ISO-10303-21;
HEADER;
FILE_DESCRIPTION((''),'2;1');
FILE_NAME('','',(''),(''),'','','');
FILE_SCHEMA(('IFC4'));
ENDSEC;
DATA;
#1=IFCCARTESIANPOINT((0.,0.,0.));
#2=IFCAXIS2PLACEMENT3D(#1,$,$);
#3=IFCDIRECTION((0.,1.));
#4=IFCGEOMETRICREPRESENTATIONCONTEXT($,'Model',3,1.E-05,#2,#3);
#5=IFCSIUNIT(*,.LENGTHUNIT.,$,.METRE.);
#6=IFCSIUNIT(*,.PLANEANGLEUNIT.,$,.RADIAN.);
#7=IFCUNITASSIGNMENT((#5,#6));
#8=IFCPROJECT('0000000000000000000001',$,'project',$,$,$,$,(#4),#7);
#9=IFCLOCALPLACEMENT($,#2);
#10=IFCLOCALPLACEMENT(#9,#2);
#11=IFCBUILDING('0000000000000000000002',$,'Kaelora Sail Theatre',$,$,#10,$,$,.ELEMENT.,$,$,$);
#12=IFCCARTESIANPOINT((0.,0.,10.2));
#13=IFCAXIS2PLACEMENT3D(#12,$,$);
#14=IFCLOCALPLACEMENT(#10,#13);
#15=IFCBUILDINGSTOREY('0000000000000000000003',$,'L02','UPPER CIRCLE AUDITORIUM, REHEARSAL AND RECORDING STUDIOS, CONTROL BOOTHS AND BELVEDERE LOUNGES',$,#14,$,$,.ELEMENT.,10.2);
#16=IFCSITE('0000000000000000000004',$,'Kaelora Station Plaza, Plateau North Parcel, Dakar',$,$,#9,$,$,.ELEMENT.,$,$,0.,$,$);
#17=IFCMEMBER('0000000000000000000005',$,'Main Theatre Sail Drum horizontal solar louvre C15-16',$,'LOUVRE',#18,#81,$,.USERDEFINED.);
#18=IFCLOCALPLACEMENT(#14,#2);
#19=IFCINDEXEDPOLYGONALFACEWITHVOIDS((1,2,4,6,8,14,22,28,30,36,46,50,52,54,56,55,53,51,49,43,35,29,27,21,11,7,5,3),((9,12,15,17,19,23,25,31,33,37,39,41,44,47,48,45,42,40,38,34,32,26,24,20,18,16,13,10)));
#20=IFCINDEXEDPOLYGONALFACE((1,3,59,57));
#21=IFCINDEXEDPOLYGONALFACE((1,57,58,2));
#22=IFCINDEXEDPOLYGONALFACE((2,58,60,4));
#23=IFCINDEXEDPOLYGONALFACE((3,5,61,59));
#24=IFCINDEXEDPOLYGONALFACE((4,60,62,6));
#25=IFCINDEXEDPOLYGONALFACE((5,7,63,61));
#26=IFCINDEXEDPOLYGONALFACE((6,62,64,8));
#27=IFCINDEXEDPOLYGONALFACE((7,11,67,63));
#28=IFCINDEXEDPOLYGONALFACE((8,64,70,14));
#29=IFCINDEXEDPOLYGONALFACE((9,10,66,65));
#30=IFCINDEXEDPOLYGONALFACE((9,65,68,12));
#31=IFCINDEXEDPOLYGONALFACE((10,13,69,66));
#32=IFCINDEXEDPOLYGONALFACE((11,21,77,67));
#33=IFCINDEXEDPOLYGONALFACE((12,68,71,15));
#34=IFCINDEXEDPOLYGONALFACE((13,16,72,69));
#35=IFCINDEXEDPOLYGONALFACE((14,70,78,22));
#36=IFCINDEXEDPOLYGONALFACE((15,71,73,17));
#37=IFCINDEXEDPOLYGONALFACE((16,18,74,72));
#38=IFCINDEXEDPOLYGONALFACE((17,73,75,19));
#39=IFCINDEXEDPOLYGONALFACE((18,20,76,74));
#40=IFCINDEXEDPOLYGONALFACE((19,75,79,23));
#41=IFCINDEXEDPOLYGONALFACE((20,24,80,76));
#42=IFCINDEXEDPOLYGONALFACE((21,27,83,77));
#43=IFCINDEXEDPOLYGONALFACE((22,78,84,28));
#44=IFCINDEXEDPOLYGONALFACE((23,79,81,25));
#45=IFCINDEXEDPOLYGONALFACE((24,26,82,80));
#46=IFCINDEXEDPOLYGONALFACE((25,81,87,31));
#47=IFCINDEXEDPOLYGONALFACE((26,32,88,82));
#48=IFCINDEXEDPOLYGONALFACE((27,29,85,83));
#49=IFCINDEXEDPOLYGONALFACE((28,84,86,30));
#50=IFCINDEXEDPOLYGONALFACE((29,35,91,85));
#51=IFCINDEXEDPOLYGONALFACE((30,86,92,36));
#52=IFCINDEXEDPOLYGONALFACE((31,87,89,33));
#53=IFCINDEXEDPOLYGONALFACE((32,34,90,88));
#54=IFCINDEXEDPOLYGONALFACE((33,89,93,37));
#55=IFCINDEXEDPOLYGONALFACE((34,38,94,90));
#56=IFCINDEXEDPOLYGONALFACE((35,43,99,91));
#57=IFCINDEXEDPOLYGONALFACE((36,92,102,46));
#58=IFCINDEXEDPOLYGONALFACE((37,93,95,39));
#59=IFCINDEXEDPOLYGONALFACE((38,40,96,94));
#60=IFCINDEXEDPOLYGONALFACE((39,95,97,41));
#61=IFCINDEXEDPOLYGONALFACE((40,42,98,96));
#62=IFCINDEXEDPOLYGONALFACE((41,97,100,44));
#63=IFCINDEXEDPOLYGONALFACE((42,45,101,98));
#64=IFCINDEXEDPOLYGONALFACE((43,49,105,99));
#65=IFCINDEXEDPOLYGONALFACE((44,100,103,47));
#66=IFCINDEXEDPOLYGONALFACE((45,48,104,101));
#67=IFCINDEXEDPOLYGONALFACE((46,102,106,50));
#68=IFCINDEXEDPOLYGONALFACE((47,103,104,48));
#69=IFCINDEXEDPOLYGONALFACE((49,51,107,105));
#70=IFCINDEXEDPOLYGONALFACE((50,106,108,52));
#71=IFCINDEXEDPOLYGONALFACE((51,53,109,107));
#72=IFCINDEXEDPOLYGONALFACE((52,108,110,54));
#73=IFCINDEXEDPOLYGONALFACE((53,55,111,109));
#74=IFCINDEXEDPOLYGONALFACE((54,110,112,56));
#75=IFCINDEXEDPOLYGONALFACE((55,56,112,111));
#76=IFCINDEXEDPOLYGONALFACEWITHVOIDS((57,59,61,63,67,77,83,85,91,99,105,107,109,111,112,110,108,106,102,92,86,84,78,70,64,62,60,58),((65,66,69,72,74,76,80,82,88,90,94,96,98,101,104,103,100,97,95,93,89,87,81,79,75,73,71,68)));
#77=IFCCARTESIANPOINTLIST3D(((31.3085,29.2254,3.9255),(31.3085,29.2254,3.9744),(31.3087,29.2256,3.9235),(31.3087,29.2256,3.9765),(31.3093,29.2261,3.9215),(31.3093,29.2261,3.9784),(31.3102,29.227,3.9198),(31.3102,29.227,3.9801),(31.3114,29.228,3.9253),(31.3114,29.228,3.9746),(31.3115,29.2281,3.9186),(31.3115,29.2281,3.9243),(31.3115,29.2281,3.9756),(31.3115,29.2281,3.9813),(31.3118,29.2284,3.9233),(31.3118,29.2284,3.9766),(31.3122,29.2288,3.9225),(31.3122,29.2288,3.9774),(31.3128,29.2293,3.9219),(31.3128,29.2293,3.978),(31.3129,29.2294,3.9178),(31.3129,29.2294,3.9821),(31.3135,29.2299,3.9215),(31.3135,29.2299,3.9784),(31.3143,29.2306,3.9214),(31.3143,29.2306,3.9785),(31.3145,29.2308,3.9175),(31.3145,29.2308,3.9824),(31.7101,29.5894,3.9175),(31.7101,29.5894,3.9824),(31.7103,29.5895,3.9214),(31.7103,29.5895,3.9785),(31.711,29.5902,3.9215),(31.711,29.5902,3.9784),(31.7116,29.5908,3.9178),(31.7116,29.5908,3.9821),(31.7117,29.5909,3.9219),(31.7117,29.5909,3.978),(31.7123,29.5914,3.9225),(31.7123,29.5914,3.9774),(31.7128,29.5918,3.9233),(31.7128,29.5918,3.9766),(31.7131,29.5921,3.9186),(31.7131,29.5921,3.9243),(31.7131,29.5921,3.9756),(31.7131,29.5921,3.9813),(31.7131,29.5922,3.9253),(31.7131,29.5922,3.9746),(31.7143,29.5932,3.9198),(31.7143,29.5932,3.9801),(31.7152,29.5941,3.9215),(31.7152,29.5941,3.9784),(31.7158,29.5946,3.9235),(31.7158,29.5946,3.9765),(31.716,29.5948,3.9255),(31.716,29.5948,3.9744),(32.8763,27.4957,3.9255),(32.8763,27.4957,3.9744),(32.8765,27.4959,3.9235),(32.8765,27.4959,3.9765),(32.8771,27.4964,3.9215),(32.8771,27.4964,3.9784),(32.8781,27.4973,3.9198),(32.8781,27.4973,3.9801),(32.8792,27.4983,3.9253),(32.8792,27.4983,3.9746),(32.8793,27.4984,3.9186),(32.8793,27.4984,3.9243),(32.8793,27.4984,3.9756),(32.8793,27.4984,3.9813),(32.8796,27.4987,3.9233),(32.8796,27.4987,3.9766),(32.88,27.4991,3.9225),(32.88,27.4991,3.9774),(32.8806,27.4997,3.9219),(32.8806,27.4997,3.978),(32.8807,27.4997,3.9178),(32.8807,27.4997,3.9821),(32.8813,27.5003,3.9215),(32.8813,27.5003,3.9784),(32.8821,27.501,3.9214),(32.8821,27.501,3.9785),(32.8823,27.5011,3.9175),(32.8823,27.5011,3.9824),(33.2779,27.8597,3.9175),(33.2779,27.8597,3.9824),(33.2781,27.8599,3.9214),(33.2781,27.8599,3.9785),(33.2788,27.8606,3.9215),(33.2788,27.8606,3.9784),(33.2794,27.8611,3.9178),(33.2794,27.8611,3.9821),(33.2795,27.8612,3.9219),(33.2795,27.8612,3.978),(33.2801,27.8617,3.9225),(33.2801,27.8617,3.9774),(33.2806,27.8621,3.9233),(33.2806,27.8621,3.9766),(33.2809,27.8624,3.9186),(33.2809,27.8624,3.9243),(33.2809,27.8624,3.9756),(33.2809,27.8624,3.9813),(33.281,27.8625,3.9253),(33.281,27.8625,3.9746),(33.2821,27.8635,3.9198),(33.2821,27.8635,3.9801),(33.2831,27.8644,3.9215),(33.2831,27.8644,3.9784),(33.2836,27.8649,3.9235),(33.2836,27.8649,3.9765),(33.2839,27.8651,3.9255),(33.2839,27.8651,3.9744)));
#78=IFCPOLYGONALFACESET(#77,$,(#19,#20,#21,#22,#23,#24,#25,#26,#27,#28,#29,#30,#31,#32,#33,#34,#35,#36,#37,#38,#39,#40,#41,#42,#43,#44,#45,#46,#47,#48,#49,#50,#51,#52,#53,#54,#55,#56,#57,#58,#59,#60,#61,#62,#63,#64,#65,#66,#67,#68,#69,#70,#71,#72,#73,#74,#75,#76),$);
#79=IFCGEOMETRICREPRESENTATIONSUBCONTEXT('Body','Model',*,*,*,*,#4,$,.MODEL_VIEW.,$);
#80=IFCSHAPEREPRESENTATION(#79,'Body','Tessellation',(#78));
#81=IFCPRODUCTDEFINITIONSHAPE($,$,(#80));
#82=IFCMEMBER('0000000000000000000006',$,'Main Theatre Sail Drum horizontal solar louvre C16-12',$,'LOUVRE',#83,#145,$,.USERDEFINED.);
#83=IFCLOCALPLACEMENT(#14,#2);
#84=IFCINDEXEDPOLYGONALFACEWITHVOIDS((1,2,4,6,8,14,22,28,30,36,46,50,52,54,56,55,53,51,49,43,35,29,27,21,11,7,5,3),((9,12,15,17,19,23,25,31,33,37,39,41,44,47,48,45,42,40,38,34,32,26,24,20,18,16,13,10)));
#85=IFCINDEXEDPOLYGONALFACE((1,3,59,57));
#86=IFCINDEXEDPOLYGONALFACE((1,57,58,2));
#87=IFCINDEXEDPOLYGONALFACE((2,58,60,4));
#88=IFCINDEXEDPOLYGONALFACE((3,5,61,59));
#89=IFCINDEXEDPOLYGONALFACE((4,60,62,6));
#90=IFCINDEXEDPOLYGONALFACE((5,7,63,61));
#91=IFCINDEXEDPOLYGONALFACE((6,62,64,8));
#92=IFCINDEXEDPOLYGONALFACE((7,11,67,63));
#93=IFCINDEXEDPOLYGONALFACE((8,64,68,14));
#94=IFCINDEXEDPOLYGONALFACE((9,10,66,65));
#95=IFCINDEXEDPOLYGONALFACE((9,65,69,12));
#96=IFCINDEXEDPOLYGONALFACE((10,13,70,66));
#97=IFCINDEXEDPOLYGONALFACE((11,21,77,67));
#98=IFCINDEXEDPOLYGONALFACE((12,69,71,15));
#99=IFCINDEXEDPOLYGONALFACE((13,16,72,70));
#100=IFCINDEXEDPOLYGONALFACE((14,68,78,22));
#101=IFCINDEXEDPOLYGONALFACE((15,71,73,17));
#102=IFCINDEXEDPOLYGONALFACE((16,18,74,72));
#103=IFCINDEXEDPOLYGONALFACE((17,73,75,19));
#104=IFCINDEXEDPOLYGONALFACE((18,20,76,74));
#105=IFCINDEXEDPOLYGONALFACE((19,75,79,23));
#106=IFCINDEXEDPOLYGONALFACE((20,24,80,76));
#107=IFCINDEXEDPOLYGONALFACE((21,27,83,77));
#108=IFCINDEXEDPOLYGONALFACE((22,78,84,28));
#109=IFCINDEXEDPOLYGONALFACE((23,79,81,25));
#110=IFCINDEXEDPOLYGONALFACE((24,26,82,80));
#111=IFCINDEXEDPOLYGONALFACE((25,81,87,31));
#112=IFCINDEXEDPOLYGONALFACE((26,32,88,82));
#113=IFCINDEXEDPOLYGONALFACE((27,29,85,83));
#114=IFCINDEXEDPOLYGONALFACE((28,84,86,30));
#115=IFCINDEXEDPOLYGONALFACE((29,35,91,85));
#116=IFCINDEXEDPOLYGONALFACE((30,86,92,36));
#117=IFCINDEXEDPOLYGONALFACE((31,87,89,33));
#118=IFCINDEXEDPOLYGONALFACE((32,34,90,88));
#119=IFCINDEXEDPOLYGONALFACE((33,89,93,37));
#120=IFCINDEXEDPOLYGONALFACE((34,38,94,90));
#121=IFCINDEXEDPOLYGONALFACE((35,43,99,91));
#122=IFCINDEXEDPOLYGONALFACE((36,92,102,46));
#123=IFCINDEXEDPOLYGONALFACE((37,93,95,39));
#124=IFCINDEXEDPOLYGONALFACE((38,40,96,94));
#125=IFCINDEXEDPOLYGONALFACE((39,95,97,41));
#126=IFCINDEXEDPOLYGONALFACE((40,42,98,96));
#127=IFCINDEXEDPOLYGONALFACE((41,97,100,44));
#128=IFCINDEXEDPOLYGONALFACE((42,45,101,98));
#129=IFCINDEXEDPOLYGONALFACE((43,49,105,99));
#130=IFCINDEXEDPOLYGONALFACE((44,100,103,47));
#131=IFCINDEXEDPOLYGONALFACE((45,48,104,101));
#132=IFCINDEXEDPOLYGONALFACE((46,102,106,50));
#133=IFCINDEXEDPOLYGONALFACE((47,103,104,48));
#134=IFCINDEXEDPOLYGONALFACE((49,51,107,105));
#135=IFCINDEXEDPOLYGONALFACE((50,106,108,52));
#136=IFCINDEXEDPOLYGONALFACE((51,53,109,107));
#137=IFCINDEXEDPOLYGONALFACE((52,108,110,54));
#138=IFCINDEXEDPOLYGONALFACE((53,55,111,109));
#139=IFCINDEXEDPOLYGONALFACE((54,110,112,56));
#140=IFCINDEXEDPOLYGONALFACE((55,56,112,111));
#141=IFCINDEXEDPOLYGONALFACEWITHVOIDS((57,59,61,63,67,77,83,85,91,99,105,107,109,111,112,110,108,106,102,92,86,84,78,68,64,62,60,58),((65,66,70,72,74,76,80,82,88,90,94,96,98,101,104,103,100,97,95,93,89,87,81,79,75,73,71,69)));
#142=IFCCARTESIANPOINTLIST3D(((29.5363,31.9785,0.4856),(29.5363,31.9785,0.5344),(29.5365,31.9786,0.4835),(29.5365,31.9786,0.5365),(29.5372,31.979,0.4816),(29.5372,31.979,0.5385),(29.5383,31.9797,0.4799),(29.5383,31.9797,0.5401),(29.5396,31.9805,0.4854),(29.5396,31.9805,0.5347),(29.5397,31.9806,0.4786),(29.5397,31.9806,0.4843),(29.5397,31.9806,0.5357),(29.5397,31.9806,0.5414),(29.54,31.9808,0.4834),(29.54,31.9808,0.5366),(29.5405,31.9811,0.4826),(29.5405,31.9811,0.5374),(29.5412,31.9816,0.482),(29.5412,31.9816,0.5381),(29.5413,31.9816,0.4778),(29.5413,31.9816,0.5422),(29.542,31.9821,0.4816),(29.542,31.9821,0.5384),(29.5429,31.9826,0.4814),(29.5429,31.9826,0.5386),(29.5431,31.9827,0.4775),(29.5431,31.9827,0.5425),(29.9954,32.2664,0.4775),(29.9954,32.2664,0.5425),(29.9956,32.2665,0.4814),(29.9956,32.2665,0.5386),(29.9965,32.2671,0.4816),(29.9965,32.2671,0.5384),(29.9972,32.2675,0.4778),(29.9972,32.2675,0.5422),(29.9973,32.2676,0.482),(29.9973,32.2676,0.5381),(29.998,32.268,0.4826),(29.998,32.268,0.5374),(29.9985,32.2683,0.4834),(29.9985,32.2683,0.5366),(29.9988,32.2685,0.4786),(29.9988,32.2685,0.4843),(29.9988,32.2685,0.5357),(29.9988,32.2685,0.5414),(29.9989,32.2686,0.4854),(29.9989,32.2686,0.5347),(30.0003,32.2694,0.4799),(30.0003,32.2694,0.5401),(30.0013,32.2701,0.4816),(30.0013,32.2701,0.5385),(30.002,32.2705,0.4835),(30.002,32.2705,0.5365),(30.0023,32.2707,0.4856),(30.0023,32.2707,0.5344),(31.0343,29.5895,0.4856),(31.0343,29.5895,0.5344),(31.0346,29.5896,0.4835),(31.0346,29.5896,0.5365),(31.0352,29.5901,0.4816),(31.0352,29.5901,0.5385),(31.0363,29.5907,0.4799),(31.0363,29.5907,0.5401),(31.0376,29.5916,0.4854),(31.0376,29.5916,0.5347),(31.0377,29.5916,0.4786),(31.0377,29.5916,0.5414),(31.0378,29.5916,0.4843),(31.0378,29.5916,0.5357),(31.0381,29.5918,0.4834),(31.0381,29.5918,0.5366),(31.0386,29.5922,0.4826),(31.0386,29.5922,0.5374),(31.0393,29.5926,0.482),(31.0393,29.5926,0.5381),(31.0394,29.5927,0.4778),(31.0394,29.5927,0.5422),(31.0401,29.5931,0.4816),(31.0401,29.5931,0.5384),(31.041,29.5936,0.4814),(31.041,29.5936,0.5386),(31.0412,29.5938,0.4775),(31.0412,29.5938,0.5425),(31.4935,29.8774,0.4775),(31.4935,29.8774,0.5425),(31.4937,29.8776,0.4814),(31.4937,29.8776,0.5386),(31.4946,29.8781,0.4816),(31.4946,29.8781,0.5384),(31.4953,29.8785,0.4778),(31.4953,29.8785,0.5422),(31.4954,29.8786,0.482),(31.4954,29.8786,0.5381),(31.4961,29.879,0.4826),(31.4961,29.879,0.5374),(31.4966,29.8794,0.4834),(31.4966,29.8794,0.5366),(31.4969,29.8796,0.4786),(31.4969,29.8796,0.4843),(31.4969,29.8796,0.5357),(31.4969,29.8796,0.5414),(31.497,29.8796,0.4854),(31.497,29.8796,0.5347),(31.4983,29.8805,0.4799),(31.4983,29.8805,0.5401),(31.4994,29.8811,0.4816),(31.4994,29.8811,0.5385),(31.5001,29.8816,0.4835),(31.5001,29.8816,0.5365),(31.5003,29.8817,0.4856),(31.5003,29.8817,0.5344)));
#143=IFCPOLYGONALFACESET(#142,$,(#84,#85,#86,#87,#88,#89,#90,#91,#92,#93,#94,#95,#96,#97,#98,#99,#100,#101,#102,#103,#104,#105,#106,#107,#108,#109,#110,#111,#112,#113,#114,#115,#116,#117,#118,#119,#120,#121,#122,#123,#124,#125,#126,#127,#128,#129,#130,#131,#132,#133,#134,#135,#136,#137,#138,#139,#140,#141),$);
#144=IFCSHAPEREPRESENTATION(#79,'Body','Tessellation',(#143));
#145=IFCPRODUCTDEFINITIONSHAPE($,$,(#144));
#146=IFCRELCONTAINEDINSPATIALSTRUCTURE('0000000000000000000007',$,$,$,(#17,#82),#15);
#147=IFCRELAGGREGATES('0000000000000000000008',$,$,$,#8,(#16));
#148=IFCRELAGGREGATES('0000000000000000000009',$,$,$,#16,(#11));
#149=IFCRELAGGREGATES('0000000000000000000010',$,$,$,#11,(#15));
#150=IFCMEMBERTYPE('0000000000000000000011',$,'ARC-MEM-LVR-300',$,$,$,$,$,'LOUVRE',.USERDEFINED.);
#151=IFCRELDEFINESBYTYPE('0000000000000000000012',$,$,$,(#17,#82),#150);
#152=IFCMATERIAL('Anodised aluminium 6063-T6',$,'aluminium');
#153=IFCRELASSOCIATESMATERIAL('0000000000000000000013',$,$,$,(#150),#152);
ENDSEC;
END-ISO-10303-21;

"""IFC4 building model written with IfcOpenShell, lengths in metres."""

from ifc_helpers import new_model, si_unit, direction, frame, origin, origin_2d, place, context, subcontext, project, spatial, hollow_rectangle, extrude, material, material_profile, profile_set, type_object, element, save


model = new_model("IFC4")

# Units and contexts
model_context = context("Model", 3, precision=1e-05, world=origin(), true_north=direction((0.0, 1.0)))
body_context = subcontext(model_context, "Body", "Model", "MODEL_VIEW")
ifc_project = project(units=[si_unit("LENGTHUNIT", "METRE"), si_unit("PLANEANGLEUNIT", "RADIAN")], contexts=[model_context])

# Site, building, storey
site_placement = place(None, origin())
site = spatial("IfcSite", under=ifc_project, at=site_placement, Name="Kaelora Station Plaza, Plateau North Parcel, Dakar", CompositionType="ELEMENT", RefElevation=0.0)
building_placement = place(site_placement, origin())
building = spatial("IfcBuilding", under=site, at=building_placement, Name="Kaelora Sail Theatre", CompositionType="ELEMENT")
storey_placement = place(building_placement, frame((0.0, 0.0, 10.2)))
storey = spatial("IfcBuildingStorey", under=building, at=storey_placement, Name="L02", Description="UPPER CIRCLE AUDITORIUM, REHEARSAL AND RECORDING STUDIOS, CONTROL BOOTHS AND BELVEDERE LOUNGES", CompositionType="ELEMENT", Elevation=10.2)

# Members
ifc_material_1 = material(Name="Anodised aluminium 6063-T6", Category="aluminium")
ifc_material_profile_1 = material_profile(ifc_material_1, hollow_rectangle(XDim=0.55, YDim=0.0649, WallThickness=0.0039, InnerFilletRadius=0.0039, OuterFilletRadius=0.0081, at=origin_2d()), Name="LOUVRE 550x65x4")
ifc_profile_set_1 = profile_set([ifc_material_profile_1], Name="Anodised aluminium 6063-T6")
member_type = type_object("IfcMemberType", Name="ARC-MEM-LVR-300", ElementType="LOUVRE", PredefinedType="USERDEFINED", material=ifc_profile_set_1)
for number, where, z_axis, x_axis, name in (
    (1, (33.0801, 27.6804, 3.95), (-0.671589, 0.740924, 0.0), (-0.740924, -0.671589, 0.0), "Main Theatre Sail Drum horizontal solar louvre C15-16"),
):
    element("IfcMember", number, at=place(storey_placement, frame(where, z_axis=z_axis, x_axis=x_axis)), inside=storey, type_object=member_type, Name=name, ObjectType="LOUVRE", PredefinedType="USERDEFINED", context=body_context, shape_type="SweptSolid", body=[
        extrude(hollow_rectangle(XDim=0.55, YDim=0.0649, WallThickness=0.0039, InnerFilletRadius=0.0039, OuterFilletRadius=0.0081, at=origin_2d()), origin(), (0.0, 0.0, 1.0), 2.3345),
    ])
for number, where, z_axis, x_axis, name in (
    (2, (31.2673, 29.7356, 0.51), (-0.531267, 0.847204, 0.0), (-0.847204, -0.531267, 0.0), "Main Theatre Sail Drum horizontal solar louvre C16-12"),
):
    element("IfcMember", number, at=place(storey_placement, frame(where, z_axis=z_axis, x_axis=x_axis)), inside=storey, type_object=member_type, Name=name, ObjectType="LOUVRE", PredefinedType="USERDEFINED", context=body_context, shape_type="SweptSolid", body=[
        extrude(hollow_rectangle(XDim=0.55, YDim=0.0649, WallThickness=0.0039, InnerFilletRadius=0.0039, OuterFilletRadius=0.0081, at=origin_2d()), origin(), (0.0, 0.0, 1.0), 2.8198),
    ])

save(model, "model.ifc")
